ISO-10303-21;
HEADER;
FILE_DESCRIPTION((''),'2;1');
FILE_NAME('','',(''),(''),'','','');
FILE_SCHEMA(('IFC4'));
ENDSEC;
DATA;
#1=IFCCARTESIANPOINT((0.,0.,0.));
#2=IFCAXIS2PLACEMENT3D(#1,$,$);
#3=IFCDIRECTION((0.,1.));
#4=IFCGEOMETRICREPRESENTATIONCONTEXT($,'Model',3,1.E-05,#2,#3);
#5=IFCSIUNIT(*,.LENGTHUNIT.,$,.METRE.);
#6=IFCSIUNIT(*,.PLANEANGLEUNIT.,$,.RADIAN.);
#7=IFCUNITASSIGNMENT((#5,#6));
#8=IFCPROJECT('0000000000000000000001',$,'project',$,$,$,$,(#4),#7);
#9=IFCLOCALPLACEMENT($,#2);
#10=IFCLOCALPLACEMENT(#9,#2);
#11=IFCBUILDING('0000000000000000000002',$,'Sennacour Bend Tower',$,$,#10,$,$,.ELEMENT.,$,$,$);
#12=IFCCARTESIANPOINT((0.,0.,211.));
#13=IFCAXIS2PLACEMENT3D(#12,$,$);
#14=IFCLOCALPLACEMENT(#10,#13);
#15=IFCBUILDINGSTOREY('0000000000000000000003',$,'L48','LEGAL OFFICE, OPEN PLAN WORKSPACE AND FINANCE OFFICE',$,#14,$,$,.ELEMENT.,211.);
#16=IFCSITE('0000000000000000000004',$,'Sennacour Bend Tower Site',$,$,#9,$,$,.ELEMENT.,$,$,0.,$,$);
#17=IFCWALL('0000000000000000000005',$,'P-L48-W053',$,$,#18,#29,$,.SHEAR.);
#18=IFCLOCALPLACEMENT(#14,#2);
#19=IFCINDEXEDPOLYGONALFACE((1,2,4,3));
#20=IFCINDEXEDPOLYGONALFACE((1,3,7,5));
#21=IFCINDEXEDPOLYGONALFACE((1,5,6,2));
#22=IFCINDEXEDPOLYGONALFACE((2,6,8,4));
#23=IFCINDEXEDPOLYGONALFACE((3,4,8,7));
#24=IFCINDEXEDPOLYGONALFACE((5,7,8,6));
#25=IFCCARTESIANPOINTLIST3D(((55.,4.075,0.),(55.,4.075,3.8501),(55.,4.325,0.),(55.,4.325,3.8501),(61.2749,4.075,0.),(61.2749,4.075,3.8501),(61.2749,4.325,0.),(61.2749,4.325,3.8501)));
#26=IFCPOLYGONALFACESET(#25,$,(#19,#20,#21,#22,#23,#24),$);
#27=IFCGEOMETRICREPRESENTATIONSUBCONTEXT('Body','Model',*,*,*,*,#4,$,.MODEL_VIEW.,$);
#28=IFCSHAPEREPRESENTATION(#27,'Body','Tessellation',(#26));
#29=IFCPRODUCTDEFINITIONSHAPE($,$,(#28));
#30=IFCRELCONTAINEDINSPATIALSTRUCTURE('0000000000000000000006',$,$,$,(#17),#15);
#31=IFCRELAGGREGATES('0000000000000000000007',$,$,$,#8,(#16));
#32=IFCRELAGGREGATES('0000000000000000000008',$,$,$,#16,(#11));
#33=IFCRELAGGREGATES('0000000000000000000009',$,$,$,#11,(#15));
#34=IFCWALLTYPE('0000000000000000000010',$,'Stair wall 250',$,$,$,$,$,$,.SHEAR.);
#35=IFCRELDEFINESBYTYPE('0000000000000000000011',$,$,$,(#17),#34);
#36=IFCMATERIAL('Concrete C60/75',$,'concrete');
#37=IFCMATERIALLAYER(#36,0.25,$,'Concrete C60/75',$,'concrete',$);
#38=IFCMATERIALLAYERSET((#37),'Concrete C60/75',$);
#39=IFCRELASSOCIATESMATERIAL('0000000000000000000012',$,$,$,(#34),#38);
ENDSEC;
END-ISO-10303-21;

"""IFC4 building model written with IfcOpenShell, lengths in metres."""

from ifc_helpers import new_model, si_unit, direction, frame, frame_2d, origin, place, context, subcontext, project, spatial, rectangle, extrude, material, layer, layer_set, type_object, element, save


model = new_model("IFC4")

# Units and contexts
model_context = context("Model", 3, precision=1e-05, world=origin(), true_north=direction((0.0, 1.0)))
body_context = subcontext(model_context, "Body", "Model", "MODEL_VIEW")
ifc_project = project(units=[si_unit("LENGTHUNIT", "METRE"), si_unit("PLANEANGLEUNIT", "RADIAN")], contexts=[model_context])

# Site, building, storey
site_placement = place(None, origin())
site = spatial("IfcSite", under=ifc_project, at=site_placement, Name="Sennacour Bend Tower Site", CompositionType="ELEMENT", RefElevation=0.0)
building_placement = place(site_placement, origin())
building = spatial("IfcBuilding", under=site, at=building_placement, Name="Sennacour Bend Tower", CompositionType="ELEMENT")
storey_placement = place(building_placement, frame((0.0, 0.0, 211.0)))
storey = spatial("IfcBuildingStorey", under=building, at=storey_placement, Name="L48", Description="LEGAL OFFICE, OPEN PLAN WORKSPACE AND FINANCE OFFICE", CompositionType="ELEMENT", Elevation=211.0)

# Shared definitions
ifc_material_1 = material(Name="Concrete C60/75", Category="concrete")

# Wall
ifc_layer_1 = layer(ifc_material_1, 0.25, Name="Concrete C60/75", Category="concrete")
ifc_layer_set_1 = layer_set([ifc_layer_1], Name="Concrete C60/75")
wall_type_1 = type_object("IfcWallType", Name="Stair wall 250", PredefinedType="SHEAR", material=ifc_layer_set_1)
wall_1_placement = place(storey_placement, frame((55.0, 4.2, 0.0), z_axis=(0.0, 0.0, 1.0), x_axis=(1.0, 0.0, 0.0)))
element("IfcWall", 1, at=wall_1_placement, inside=storey, type_object=wall_type_1, Name="P-L48-W053", PredefinedType="SHEAR", context=body_context, shape_type="SweptSolid", body=[
    extrude(rectangle(XDim=6.2749, YDim=0.25, at=frame_2d((3.1375, 0.0))), origin(), (0.0, 0.0, 1.0), 3.8501),
])

save(model, "model.ifc")
